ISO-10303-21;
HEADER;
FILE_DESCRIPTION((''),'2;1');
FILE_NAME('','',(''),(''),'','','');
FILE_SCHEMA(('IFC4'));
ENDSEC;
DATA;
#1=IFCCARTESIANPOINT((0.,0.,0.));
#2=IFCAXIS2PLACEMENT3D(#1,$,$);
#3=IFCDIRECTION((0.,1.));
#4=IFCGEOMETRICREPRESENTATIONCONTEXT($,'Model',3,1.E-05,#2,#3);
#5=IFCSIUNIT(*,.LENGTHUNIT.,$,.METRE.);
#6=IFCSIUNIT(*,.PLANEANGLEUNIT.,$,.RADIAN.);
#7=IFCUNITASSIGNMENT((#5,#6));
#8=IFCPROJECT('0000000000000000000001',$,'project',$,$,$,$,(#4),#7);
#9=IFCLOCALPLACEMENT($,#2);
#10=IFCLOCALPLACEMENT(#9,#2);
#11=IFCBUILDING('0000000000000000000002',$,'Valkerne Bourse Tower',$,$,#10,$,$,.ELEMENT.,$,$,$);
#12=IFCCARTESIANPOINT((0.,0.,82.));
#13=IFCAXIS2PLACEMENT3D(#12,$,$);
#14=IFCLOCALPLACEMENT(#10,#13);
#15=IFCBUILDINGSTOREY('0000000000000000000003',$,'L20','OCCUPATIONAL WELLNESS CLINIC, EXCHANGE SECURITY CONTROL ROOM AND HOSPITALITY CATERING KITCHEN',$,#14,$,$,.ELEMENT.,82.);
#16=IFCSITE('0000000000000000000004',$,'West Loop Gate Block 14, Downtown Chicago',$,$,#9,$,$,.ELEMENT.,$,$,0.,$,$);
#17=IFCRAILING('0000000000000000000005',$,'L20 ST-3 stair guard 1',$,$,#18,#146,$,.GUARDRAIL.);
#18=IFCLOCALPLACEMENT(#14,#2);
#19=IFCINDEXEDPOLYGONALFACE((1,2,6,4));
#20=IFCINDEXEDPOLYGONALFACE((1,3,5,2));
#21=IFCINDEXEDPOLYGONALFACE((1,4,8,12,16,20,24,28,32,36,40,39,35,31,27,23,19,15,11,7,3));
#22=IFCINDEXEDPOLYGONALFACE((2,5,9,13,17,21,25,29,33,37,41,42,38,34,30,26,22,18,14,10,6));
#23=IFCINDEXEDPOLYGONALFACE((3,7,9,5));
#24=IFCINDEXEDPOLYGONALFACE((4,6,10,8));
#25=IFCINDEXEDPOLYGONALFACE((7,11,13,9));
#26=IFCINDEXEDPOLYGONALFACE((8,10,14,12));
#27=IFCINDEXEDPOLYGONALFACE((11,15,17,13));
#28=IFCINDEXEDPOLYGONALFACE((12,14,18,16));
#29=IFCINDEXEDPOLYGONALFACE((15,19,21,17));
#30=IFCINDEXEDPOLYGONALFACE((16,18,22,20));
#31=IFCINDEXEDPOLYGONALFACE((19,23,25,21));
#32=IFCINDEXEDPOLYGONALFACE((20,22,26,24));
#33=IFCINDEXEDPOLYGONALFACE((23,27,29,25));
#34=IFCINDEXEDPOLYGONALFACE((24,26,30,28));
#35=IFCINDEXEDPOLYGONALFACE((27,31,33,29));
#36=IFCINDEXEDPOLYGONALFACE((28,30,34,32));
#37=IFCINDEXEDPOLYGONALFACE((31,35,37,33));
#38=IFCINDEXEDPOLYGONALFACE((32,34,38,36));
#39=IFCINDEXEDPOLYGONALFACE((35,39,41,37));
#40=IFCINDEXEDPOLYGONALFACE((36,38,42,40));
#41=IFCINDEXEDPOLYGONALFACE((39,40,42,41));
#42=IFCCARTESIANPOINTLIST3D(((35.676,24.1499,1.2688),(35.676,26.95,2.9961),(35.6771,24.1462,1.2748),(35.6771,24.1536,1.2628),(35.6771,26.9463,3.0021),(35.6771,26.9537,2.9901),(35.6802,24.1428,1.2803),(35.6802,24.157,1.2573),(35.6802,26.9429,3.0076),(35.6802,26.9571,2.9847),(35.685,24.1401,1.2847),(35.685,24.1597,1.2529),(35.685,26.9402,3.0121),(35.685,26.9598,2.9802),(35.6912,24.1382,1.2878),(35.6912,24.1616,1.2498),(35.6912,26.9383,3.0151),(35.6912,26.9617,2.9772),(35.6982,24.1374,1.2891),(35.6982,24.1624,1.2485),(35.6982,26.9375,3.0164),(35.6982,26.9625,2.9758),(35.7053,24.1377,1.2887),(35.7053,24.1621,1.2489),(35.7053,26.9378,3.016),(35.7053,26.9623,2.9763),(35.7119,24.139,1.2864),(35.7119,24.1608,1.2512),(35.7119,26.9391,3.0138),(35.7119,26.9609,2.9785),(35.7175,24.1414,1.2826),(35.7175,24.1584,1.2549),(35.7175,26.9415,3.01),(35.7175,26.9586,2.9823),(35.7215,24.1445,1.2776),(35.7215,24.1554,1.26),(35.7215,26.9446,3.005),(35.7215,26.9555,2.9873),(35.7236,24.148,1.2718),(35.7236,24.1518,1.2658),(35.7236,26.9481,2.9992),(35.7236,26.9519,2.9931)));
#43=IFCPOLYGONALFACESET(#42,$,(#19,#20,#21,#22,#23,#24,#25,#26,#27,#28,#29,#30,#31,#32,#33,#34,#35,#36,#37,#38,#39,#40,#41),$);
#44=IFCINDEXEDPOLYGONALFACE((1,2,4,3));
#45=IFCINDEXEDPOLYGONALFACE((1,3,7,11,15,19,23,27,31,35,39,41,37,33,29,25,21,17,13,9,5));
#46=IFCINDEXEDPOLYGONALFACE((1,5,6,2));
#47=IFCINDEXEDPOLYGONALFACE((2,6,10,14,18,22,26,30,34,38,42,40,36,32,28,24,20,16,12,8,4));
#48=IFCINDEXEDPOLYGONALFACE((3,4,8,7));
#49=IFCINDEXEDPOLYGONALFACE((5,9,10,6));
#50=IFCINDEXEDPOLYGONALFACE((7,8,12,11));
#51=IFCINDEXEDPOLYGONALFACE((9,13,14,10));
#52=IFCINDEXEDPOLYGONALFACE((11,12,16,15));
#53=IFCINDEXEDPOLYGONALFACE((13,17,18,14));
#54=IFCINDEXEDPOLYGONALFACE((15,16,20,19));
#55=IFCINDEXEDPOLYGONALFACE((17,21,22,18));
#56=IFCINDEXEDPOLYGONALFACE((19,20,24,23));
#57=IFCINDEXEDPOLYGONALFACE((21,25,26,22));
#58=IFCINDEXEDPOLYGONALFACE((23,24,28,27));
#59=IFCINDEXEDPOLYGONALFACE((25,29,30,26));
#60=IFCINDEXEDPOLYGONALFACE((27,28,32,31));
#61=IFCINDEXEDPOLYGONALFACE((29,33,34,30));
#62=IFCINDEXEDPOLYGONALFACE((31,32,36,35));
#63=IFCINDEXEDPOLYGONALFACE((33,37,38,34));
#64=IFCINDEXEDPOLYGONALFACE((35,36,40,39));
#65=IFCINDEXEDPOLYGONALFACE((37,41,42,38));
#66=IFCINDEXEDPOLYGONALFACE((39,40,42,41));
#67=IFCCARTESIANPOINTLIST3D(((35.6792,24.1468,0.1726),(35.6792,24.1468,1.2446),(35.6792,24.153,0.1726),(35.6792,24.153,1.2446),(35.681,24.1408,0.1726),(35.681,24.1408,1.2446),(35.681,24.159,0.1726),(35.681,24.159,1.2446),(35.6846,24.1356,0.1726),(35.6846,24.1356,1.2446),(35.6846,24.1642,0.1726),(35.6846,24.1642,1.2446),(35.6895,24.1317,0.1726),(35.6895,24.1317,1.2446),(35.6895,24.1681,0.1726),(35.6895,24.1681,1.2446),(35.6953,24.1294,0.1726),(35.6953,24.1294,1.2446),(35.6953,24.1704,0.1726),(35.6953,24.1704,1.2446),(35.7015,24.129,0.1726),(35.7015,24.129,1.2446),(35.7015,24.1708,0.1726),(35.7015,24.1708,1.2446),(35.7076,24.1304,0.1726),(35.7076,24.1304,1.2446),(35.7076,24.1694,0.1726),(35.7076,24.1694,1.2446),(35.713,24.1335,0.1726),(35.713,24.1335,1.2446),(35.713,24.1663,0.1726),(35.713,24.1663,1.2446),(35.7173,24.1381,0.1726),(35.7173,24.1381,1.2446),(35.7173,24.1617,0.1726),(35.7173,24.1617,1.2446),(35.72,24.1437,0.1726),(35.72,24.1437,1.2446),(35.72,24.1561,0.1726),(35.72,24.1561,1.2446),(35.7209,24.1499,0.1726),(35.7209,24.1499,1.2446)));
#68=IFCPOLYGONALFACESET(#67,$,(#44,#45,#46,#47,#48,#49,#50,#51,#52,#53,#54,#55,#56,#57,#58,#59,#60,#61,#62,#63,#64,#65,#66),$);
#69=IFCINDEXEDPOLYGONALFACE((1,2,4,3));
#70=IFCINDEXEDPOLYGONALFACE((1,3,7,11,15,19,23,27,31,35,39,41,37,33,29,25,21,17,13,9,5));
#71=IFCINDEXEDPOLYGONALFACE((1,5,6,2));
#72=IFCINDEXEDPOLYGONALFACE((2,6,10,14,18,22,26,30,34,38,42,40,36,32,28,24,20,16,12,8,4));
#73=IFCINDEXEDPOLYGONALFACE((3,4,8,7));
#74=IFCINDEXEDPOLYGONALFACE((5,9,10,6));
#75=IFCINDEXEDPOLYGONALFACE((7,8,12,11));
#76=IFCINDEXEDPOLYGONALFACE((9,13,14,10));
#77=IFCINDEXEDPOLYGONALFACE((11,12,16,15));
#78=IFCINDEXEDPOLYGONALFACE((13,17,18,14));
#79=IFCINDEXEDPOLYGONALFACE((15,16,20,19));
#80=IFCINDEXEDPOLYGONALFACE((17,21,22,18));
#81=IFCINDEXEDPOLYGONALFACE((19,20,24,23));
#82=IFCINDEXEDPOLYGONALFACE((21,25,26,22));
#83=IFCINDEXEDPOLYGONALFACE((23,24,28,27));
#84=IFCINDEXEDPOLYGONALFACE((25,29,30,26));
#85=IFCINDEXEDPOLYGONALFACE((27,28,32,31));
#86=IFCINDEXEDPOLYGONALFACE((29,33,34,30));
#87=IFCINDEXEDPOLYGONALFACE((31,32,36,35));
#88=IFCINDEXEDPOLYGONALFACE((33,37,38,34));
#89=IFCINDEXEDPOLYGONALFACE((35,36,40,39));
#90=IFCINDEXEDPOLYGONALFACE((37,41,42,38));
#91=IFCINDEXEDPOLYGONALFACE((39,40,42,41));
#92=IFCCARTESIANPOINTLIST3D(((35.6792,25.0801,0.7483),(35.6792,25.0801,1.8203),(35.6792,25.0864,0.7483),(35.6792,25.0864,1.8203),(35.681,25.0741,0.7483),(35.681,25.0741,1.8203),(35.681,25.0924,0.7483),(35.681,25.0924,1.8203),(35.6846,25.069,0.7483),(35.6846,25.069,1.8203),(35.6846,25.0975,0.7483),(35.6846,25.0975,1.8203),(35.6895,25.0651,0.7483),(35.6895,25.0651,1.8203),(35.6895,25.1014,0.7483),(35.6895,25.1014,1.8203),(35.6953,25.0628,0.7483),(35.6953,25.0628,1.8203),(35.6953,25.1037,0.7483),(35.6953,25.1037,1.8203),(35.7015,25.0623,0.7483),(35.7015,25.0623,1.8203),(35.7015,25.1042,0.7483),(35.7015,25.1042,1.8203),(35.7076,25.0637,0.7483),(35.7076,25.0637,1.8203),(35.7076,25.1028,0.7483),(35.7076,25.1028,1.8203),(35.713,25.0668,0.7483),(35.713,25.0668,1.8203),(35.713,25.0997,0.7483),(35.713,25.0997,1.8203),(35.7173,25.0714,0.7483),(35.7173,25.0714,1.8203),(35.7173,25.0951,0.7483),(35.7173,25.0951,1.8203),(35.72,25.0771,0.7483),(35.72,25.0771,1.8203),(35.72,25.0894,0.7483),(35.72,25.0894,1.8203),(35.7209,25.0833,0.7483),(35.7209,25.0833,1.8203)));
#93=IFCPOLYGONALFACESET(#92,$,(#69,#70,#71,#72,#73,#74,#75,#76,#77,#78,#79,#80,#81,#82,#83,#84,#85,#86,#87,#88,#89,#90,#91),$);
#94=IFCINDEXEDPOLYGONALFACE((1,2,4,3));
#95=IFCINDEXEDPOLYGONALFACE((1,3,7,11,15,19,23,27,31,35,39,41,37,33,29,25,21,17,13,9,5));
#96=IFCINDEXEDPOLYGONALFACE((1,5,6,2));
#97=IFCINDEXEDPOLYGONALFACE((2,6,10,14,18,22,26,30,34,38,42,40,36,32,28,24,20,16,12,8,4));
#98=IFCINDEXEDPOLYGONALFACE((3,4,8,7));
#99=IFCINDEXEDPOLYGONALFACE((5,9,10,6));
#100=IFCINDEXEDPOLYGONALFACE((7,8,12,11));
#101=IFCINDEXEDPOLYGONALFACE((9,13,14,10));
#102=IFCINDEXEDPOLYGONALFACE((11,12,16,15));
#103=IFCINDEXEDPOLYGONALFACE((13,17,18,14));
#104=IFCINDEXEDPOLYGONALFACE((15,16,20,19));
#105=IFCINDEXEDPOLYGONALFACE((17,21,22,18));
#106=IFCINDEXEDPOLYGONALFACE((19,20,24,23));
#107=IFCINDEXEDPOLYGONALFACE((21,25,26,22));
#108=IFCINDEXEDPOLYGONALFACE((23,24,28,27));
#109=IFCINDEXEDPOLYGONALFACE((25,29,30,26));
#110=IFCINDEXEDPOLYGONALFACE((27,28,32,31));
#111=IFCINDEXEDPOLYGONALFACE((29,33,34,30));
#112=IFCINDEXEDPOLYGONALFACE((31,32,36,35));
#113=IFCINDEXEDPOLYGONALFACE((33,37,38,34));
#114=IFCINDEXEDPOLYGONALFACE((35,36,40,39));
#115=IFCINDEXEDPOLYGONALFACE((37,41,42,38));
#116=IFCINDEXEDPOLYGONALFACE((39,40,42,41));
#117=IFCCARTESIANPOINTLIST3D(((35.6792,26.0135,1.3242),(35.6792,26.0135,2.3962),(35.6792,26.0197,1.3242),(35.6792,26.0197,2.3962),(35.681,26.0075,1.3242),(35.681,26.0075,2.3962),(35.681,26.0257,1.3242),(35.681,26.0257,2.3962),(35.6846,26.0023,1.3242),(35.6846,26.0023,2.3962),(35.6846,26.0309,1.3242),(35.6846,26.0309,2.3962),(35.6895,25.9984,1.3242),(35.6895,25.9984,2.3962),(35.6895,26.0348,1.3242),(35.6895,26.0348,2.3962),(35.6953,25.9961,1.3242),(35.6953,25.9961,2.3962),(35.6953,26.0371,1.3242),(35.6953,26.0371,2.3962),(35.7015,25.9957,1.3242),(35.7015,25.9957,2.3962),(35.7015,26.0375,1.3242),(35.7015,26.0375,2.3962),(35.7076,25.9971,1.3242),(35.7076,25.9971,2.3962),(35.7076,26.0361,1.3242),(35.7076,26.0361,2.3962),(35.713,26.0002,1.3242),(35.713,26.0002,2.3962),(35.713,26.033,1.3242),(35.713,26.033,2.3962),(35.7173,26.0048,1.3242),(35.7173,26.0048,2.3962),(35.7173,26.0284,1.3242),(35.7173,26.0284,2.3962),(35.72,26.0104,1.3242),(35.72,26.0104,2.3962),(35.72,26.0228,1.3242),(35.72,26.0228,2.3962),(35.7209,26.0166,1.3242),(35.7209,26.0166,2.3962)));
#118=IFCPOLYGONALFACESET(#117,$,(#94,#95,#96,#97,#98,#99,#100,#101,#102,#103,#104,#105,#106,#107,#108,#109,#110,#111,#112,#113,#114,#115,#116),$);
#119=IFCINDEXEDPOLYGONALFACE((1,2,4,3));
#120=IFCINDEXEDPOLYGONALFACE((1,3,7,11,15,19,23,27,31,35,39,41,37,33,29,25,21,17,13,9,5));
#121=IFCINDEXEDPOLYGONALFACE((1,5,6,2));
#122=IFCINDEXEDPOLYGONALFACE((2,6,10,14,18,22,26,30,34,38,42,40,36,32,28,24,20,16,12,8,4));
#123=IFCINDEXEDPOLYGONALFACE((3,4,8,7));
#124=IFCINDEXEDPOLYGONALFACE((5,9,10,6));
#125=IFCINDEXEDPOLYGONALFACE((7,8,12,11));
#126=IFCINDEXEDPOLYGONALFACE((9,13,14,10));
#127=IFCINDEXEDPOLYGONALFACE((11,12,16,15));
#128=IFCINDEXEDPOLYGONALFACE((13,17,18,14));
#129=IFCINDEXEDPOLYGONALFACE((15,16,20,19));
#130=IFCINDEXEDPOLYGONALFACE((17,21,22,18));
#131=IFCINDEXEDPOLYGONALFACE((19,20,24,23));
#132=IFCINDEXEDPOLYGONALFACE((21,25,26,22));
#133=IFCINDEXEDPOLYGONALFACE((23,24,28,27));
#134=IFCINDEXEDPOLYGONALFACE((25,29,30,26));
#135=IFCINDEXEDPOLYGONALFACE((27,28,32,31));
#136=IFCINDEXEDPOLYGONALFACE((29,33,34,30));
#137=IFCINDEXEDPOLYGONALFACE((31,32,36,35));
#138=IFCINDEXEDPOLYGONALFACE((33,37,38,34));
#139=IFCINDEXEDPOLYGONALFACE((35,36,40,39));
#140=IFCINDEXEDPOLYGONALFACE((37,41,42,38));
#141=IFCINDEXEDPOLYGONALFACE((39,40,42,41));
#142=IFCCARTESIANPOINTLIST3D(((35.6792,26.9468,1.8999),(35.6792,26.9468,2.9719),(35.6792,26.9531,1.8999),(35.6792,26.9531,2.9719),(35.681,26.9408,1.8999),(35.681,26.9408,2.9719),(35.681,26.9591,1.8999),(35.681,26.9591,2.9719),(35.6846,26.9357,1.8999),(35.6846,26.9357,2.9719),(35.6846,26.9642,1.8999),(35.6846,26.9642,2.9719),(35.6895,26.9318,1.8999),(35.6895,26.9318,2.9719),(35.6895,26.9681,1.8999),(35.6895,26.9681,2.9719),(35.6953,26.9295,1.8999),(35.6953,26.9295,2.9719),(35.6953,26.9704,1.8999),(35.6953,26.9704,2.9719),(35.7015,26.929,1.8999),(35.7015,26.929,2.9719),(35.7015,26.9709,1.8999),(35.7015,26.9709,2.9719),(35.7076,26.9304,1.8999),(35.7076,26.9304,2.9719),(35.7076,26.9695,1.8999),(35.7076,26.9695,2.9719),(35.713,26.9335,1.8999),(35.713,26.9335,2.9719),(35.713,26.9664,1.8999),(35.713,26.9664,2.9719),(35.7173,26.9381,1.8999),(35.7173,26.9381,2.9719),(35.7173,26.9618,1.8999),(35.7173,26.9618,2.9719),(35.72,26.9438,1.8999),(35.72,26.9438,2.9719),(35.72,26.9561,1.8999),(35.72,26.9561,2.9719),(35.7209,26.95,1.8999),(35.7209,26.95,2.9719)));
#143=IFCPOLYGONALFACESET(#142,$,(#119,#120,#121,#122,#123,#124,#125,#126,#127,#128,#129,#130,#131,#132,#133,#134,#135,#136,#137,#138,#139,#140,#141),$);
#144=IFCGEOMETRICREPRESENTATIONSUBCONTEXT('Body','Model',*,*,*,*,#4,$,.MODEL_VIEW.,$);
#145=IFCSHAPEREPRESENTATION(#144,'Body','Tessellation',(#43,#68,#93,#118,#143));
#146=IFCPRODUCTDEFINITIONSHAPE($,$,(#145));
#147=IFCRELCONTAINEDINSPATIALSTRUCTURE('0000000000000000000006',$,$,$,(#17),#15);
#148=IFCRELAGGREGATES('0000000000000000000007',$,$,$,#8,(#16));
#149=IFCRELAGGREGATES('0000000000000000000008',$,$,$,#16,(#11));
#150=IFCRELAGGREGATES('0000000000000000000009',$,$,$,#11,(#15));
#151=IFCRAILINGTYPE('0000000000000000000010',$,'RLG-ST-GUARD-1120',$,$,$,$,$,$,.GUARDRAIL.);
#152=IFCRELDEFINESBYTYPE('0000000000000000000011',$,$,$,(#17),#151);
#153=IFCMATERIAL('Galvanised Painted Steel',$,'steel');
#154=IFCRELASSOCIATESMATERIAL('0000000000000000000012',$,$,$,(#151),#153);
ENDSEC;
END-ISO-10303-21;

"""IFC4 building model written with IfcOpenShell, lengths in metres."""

from ifc_helpers import new_model, si_unit, direction, frame, origin, origin_2d, place, context, subcontext, project, spatial, circle, extrude, material, type_object, element, save


model = new_model("IFC4")

# Units and contexts
model_context = context("Model", 3, precision=1e-05, world=origin(), true_north=direction((0.0, 1.0)))
body_context = subcontext(model_context, "Body", "Model", "MODEL_VIEW")
ifc_project = project(units=[si_unit("LENGTHUNIT", "METRE"), si_unit("PLANEANGLEUNIT", "RADIAN")], contexts=[model_context])

# Site, building, storey
site_placement = place(None, origin())
site = spatial("IfcSite", under=ifc_project, at=site_placement, Name="West Loop Gate Block 14, Downtown Chicago", CompositionType="ELEMENT", RefElevation=0.0)
building_placement = place(site_placement, origin())
building = spatial("IfcBuilding", under=site, at=building_placement, Name="Valkerne Bourse Tower", CompositionType="ELEMENT")
storey_placement = place(building_placement, frame((0.0, 0.0, 82.0)))
storey = spatial("IfcBuildingStorey", under=building, at=storey_placement, Name="L20", Description="OCCUPATIONAL WELLNESS CLINIC, EXCHANGE SECURITY CONTROL ROOM AND HOSPITALITY CATERING KITCHEN", CompositionType="ELEMENT", Elevation=82.0)

# Shared definitions
ifc_material_1 = material(Name="Galvanised Painted Steel", Category="steel")

# Railing
railing_type_1 = type_object("IfcRailingType", Name="RLG-ST-GUARD-1120", PredefinedType="GUARDRAIL", material=ifc_material_1)
railing_1_placement = place(storey_placement, frame((35.7, 24.1499, 0.1726)))
element("IfcRailing", 1, at=railing_1_placement, inside=storey, type_object=railing_type_1, Name="L20 ST-3 stair guard 1", PredefinedType="GUARDRAIL", context=body_context, shape_type="SweptSolid", body=[
    extrude(circle(Radius=0.0239, at=origin_2d()), frame((0.0, 0.0, 1.0962), z_axis=(0.0, 0.85109, 0.52502), x_axis=(-1.0, 0.0, 0.0)), (0.0, 0.0, 1.0), 3.29),
    extrude(circle(Radius=0.021, at=origin_2d()), origin(), (0.0, 0.0, 1.0), 1.072),
    extrude(circle(Radius=0.021, at=origin_2d()), frame((0.0, 0.9333, 0.5757)), (0.0, 0.0, 1.0), 1.072),
    extrude(circle(Radius=0.021, at=origin_2d()), frame((0.0, 1.8667, 1.1516)), (0.0, 0.0, 1.0), 1.072),
    extrude(circle(Radius=0.021, at=origin_2d()), frame((0.0, 2.8, 1.7273)), (0.0, 0.0, 1.0), 1.072),
])

save(model, "model.ifc")
